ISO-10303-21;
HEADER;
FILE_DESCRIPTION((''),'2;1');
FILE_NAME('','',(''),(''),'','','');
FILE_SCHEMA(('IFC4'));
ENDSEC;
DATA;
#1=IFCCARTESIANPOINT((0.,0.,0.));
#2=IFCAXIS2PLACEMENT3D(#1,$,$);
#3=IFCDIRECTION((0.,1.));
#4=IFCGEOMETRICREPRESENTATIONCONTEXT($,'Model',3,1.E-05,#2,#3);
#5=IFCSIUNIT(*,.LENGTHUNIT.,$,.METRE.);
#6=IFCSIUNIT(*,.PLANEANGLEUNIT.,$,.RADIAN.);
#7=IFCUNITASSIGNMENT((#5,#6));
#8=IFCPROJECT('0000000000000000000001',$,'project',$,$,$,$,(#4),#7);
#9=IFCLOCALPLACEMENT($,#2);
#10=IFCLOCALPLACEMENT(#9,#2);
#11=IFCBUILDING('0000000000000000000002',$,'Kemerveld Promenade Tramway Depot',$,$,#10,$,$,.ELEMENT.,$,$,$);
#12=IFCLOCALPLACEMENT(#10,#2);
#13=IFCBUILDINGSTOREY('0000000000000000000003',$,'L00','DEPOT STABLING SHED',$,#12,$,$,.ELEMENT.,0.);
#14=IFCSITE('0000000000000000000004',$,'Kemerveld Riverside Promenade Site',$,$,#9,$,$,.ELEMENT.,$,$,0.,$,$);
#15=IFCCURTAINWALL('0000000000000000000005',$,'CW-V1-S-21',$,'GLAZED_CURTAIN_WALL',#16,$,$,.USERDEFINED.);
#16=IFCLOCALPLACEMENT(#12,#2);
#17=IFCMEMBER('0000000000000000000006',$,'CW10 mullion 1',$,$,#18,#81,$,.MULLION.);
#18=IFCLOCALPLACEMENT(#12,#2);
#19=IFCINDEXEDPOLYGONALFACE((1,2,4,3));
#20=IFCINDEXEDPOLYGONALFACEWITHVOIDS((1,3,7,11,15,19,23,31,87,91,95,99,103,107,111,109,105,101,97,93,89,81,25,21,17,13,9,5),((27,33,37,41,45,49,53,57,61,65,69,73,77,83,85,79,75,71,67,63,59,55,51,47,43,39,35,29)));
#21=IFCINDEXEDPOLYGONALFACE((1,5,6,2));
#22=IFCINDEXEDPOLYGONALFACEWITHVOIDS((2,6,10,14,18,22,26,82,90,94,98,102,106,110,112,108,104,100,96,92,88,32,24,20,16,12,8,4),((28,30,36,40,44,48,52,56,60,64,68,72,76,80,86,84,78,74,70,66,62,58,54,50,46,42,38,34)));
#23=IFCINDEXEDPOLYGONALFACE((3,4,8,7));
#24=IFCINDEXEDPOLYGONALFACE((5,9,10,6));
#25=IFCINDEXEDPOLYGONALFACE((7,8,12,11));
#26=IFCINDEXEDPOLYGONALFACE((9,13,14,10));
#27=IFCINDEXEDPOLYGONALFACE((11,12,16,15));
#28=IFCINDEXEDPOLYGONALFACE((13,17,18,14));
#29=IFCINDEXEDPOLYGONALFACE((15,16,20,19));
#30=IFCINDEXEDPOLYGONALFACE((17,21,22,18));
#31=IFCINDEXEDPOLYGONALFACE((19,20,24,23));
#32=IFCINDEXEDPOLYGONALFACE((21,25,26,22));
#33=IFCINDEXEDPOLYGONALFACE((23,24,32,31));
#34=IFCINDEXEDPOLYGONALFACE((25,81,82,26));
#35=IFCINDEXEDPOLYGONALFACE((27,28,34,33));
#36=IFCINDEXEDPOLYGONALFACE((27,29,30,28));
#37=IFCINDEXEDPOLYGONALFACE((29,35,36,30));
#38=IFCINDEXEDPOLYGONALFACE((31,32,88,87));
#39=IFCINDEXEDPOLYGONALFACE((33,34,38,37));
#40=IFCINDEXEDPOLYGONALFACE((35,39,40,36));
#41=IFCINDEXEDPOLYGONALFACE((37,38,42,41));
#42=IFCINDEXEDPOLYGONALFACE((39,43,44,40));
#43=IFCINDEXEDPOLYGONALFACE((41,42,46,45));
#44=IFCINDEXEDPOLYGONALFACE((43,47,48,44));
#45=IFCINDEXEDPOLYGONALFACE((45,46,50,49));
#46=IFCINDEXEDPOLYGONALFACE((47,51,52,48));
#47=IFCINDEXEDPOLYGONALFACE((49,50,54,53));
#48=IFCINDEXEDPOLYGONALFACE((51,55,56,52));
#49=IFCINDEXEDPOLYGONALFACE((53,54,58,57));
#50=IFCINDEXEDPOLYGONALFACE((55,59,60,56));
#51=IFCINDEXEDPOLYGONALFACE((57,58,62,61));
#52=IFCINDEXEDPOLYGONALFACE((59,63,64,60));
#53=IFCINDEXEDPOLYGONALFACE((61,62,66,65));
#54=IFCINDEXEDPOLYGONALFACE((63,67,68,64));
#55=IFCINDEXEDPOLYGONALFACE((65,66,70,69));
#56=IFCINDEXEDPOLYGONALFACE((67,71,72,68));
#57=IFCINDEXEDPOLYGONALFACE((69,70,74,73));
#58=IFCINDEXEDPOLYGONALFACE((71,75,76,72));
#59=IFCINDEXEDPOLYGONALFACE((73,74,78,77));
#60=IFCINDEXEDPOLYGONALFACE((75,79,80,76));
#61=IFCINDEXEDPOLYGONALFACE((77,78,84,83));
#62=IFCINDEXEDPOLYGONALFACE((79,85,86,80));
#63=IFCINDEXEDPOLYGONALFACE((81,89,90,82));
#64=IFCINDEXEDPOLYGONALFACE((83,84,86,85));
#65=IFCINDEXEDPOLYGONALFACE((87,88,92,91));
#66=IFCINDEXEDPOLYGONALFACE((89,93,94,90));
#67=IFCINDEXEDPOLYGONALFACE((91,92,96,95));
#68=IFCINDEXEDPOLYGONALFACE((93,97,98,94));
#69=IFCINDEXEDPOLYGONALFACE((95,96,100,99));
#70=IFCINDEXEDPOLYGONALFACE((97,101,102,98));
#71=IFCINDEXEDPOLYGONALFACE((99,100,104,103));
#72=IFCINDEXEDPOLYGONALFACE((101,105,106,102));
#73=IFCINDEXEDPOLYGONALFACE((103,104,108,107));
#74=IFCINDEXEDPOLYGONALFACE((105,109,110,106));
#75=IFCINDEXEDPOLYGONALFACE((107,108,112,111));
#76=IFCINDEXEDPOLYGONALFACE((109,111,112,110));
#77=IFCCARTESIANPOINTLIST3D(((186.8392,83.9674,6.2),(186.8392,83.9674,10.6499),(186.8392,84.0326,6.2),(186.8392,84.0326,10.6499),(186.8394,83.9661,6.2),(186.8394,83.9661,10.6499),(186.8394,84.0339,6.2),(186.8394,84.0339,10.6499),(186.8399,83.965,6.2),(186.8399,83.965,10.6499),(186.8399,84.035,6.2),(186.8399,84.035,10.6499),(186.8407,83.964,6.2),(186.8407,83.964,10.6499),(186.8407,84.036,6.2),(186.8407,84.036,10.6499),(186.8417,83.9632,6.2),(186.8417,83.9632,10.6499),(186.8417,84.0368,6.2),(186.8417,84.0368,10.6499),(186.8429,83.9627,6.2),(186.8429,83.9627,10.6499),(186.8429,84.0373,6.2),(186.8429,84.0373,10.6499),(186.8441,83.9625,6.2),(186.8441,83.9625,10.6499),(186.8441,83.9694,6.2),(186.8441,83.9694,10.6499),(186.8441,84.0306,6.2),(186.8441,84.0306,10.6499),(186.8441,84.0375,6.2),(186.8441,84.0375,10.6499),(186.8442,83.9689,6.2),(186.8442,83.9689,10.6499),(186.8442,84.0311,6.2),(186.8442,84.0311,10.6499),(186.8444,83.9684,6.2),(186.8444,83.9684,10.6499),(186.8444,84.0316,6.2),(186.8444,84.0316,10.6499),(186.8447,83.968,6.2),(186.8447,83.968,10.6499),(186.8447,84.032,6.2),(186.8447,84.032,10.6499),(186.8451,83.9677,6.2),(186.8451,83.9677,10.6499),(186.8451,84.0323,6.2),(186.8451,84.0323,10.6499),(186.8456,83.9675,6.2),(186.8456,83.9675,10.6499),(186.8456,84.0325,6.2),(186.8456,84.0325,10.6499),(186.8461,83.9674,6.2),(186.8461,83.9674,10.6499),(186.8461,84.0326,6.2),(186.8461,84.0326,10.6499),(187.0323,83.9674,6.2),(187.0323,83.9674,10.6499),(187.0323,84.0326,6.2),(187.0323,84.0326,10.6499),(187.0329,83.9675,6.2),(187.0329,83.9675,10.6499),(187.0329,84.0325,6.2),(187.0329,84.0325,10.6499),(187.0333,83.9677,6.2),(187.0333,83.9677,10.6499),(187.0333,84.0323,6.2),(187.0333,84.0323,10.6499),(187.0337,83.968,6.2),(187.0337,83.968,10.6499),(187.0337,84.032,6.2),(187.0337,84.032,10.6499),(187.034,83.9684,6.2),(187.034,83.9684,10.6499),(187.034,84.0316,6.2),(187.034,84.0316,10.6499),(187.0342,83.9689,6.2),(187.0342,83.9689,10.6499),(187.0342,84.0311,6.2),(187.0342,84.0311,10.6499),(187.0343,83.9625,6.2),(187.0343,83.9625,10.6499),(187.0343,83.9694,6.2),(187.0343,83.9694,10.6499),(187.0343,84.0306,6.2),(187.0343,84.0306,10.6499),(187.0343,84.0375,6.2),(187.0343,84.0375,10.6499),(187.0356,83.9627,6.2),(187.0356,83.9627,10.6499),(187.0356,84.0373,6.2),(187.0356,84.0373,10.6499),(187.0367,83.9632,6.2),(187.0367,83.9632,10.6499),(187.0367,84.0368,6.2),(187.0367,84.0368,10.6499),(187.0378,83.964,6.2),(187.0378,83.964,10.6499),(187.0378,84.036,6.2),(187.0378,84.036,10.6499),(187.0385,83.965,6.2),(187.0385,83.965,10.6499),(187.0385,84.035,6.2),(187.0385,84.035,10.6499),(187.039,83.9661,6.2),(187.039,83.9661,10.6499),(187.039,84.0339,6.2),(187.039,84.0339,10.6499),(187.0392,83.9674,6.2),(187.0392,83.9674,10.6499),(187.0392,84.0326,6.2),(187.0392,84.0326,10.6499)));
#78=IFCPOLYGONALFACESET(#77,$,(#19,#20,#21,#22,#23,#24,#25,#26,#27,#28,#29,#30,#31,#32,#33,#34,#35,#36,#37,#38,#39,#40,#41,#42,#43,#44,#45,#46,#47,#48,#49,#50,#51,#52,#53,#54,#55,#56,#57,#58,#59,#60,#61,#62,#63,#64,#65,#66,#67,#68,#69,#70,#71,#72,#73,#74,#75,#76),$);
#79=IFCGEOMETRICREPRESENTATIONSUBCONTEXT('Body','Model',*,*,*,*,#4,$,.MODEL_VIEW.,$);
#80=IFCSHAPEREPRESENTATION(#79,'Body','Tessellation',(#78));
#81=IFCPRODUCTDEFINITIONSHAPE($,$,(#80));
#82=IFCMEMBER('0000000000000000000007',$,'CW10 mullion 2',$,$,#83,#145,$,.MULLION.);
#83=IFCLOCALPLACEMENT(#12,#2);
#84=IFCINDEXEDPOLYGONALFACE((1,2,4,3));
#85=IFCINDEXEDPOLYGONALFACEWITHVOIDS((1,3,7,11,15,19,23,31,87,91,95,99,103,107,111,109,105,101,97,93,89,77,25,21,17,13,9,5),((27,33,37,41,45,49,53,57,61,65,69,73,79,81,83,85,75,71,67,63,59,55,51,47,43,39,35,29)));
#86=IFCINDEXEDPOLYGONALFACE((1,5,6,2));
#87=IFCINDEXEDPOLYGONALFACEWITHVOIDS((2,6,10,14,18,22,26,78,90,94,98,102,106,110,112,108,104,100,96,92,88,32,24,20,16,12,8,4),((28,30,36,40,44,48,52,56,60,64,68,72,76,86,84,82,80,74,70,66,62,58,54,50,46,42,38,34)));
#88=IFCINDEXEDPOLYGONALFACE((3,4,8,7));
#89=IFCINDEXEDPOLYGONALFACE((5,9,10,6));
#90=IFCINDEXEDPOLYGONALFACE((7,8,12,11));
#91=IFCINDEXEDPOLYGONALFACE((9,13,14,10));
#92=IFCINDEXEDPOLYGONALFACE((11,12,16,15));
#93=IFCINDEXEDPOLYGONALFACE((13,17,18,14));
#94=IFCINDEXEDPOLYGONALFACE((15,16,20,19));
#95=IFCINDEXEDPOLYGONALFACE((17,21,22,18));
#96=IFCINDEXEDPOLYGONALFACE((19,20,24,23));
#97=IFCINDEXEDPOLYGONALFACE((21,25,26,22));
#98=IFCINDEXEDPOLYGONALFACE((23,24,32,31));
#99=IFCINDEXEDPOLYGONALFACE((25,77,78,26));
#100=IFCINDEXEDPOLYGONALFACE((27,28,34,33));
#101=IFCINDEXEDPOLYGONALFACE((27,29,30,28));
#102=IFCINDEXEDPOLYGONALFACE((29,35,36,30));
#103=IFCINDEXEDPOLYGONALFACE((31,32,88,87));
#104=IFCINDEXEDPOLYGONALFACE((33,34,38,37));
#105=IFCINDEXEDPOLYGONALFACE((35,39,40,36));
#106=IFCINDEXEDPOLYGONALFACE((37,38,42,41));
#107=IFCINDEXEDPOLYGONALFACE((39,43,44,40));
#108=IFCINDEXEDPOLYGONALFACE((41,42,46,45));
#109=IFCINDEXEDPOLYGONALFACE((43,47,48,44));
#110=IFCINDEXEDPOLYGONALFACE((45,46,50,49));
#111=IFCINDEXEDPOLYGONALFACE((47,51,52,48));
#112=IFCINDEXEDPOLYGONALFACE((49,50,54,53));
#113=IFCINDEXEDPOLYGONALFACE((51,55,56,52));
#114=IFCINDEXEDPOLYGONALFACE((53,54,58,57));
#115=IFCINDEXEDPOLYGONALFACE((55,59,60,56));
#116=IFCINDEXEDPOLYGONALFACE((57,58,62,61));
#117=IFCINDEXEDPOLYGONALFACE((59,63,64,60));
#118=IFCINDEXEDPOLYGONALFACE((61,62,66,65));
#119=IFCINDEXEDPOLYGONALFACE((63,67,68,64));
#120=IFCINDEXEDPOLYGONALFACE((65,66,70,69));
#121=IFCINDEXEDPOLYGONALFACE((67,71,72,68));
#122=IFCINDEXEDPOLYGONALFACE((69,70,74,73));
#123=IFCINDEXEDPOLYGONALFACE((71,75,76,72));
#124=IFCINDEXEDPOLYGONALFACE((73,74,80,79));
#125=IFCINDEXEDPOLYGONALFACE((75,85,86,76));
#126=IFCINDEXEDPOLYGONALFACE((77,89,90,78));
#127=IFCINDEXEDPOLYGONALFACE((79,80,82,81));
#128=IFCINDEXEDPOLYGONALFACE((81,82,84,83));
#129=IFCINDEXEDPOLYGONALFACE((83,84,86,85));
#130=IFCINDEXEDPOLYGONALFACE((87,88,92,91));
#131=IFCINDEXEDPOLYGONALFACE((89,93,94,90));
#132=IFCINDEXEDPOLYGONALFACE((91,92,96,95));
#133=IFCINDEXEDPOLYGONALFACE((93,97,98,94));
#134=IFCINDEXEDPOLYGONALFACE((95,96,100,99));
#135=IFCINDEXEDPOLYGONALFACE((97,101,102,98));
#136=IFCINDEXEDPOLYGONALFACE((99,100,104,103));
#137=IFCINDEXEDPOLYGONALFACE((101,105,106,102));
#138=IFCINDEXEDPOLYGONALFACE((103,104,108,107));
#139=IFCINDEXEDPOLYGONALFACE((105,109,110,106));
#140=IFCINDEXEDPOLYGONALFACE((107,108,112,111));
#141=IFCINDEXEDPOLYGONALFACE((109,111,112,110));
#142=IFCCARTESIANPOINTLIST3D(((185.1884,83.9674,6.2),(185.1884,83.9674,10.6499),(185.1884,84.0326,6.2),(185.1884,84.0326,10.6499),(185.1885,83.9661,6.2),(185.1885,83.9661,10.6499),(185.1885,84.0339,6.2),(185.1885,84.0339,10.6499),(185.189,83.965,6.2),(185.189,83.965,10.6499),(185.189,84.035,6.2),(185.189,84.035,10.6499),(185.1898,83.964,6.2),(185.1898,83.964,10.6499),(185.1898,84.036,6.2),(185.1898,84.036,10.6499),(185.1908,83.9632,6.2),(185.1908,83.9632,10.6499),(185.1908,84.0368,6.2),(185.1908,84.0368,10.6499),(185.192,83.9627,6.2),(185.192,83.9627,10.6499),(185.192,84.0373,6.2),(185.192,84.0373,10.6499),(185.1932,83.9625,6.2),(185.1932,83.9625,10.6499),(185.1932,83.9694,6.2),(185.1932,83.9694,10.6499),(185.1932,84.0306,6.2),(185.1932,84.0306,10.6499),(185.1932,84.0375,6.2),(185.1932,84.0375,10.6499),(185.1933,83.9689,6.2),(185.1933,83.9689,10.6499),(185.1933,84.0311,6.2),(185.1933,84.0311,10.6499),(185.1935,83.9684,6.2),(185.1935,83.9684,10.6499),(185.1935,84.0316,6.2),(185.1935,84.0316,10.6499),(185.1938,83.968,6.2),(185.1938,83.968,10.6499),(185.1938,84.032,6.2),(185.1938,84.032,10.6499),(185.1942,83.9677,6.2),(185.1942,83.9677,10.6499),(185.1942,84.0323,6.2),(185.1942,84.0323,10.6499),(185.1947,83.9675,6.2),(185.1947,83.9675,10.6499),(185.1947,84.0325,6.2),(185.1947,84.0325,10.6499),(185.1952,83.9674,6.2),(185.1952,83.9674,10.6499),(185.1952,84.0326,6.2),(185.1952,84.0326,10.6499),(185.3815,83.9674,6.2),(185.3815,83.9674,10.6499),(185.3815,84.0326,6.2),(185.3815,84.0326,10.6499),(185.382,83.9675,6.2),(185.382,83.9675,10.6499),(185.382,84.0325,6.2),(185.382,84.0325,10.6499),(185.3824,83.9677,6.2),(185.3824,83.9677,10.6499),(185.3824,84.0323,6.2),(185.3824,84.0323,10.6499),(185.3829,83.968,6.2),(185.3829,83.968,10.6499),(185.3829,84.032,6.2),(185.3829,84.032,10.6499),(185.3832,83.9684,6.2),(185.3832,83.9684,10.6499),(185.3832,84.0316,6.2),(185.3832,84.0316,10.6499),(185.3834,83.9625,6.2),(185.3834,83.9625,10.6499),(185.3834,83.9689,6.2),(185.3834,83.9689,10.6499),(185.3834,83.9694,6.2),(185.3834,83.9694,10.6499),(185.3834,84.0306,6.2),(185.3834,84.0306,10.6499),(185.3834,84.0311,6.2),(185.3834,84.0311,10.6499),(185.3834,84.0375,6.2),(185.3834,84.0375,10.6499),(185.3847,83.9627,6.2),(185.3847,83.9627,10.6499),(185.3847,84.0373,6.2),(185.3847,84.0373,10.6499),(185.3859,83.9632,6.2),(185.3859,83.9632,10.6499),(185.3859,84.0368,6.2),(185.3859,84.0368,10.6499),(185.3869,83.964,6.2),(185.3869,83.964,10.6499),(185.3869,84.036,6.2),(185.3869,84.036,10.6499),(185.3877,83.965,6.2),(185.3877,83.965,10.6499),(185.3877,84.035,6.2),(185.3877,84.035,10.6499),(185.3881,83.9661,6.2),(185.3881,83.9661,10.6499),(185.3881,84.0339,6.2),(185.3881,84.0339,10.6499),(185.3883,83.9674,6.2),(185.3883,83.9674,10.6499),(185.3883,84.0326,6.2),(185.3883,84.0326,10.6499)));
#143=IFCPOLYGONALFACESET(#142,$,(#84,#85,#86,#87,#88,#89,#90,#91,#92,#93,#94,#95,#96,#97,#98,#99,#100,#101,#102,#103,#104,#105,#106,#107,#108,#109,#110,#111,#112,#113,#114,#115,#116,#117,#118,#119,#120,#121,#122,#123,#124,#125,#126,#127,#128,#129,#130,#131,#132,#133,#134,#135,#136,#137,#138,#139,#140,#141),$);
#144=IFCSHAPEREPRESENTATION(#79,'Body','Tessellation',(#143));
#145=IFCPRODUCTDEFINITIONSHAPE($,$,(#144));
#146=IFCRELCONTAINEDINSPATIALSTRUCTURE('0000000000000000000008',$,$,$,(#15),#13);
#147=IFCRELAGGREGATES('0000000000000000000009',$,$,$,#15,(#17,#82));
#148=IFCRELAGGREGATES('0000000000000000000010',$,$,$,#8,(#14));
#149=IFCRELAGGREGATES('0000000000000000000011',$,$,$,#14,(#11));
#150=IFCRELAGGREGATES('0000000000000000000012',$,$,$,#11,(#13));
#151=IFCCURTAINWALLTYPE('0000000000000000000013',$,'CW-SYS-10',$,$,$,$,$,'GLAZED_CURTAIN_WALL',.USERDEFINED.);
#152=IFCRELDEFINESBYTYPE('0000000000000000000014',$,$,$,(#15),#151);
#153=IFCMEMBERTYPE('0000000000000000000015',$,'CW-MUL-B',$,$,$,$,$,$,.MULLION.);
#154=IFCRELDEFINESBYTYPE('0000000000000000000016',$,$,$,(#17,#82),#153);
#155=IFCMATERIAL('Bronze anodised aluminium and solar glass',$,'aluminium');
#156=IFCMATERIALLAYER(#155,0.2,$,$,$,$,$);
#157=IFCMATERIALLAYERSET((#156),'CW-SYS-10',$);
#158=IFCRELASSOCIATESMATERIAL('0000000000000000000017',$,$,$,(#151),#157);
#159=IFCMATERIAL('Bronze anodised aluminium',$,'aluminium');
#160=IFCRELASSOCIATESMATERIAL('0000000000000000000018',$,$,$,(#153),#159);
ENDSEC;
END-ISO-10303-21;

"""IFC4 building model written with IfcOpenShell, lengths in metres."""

from ifc_helpers import new_model, si_unit, direction, frame, origin, origin_2d, place, context, subcontext, project, spatial, hollow_rectangle, extrude, material, layer, layer_set, material_profile, profile_set, type_object, element, aggregate, save


model = new_model("IFC4")

# Units and contexts
model_context = context("Model", 3, precision=1e-05, world=origin(), true_north=direction((0.0, 1.0)))
body_context = subcontext(model_context, "Body", "Model", "MODEL_VIEW")
ifc_project = project(units=[si_unit("LENGTHUNIT", "METRE"), si_unit("PLANEANGLEUNIT", "RADIAN")], contexts=[model_context])

# Site, building, storey
site_placement = place(None, origin())
site = spatial("IfcSite", under=ifc_project, at=site_placement, Name="Kemerveld Riverside Promenade Site", CompositionType="ELEMENT", RefElevation=0.0)
building_placement = place(site_placement, origin())
building = spatial("IfcBuilding", under=site, at=building_placement, Name="Kemerveld Promenade Tramway Depot", CompositionType="ELEMENT")
storey_placement = place(building_placement, origin())
storey = spatial("IfcBuildingStorey", under=building, at=storey_placement, Name="L00", Description="DEPOT STABLING SHED", CompositionType="ELEMENT", Elevation=0.0)

# Shared definitions
ifc_material_1 = material(Name="Bronze anodised aluminium and solar glass", Category="aluminium")
ifc_material_2 = material(Name="Bronze anodised aluminium", Category="aluminium")

# Curtain wall, members
ifc_layer_1 = layer(ifc_material_1, 0.2)
ifc_layer_set_1 = layer_set([ifc_layer_1], Name="CW-SYS-10")
curtain_wall_type_1 = type_object("IfcCurtainWallType", Name="CW-SYS-10", ElementType="GLAZED_CURTAIN_WALL", PredefinedType="USERDEFINED", material=ifc_layer_set_1)
curtain_wall_1_placement = place(storey_placement, origin())
curtain_wall_1 = element("IfcCurtainWall", 1, at=curtain_wall_1_placement, inside=storey, type_object=curtain_wall_type_1, Name="CW-V1-S-21", ObjectType="GLAZED_CURTAIN_WALL", PredefinedType="USERDEFINED")
ifc_material_profile_1 = material_profile(ifc_material_2, hollow_rectangle(XDim=0.075, YDim=0.2, WallThickness=0.0049, InnerFilletRadius=0.002, OuterFilletRadius=0.0049, at=origin_2d()), Name="CW-MUL-200x75")
ifc_profile_set_1 = profile_set([ifc_material_profile_1], Name="Bronze anodised aluminium")
member_type_1 = type_object("IfcMemberType", Name="CW-MUL-B", PredefinedType="MULLION", material=ifc_profile_set_1)
member_1_placement = place(storey_placement, frame((186.9392, 84.0, 6.2), z_axis=(0.0, 0.0, 1.0), x_axis=(0.0, -1.0, 0.0)))
member_1 = element("IfcMember", 2, at=member_1_placement, type_object=member_type_1, Name="CW10 mullion 1", PredefinedType="MULLION", context=body_context, shape_type="SweptSolid", body=[
    extrude(hollow_rectangle(XDim=0.075, YDim=0.2, WallThickness=0.0049, InnerFilletRadius=0.002, OuterFilletRadius=0.0049, at=origin_2d()), origin(), (0.0, 0.0, 1.0), 4.45),
])
member_2_placement = place(storey_placement, frame((185.2883, 84.0, 6.2), z_axis=(0.0, 0.0, 1.0), x_axis=(0.0, -1.0, 0.0)))
member_2 = element("IfcMember", 3, at=member_2_placement, type_object=member_type_1, Name="CW10 mullion 2", PredefinedType="MULLION", context=body_context, shape_type="SweptSolid", body=[
    extrude(hollow_rectangle(XDim=0.075, YDim=0.2, WallThickness=0.0049, InnerFilletRadius=0.002, OuterFilletRadius=0.0049, at=origin_2d()), origin(), (0.0, 0.0, 1.0), 4.45),
])

aggregate(curtain_wall_1, [member_1, member_2])

save(model, "model.ifc")
